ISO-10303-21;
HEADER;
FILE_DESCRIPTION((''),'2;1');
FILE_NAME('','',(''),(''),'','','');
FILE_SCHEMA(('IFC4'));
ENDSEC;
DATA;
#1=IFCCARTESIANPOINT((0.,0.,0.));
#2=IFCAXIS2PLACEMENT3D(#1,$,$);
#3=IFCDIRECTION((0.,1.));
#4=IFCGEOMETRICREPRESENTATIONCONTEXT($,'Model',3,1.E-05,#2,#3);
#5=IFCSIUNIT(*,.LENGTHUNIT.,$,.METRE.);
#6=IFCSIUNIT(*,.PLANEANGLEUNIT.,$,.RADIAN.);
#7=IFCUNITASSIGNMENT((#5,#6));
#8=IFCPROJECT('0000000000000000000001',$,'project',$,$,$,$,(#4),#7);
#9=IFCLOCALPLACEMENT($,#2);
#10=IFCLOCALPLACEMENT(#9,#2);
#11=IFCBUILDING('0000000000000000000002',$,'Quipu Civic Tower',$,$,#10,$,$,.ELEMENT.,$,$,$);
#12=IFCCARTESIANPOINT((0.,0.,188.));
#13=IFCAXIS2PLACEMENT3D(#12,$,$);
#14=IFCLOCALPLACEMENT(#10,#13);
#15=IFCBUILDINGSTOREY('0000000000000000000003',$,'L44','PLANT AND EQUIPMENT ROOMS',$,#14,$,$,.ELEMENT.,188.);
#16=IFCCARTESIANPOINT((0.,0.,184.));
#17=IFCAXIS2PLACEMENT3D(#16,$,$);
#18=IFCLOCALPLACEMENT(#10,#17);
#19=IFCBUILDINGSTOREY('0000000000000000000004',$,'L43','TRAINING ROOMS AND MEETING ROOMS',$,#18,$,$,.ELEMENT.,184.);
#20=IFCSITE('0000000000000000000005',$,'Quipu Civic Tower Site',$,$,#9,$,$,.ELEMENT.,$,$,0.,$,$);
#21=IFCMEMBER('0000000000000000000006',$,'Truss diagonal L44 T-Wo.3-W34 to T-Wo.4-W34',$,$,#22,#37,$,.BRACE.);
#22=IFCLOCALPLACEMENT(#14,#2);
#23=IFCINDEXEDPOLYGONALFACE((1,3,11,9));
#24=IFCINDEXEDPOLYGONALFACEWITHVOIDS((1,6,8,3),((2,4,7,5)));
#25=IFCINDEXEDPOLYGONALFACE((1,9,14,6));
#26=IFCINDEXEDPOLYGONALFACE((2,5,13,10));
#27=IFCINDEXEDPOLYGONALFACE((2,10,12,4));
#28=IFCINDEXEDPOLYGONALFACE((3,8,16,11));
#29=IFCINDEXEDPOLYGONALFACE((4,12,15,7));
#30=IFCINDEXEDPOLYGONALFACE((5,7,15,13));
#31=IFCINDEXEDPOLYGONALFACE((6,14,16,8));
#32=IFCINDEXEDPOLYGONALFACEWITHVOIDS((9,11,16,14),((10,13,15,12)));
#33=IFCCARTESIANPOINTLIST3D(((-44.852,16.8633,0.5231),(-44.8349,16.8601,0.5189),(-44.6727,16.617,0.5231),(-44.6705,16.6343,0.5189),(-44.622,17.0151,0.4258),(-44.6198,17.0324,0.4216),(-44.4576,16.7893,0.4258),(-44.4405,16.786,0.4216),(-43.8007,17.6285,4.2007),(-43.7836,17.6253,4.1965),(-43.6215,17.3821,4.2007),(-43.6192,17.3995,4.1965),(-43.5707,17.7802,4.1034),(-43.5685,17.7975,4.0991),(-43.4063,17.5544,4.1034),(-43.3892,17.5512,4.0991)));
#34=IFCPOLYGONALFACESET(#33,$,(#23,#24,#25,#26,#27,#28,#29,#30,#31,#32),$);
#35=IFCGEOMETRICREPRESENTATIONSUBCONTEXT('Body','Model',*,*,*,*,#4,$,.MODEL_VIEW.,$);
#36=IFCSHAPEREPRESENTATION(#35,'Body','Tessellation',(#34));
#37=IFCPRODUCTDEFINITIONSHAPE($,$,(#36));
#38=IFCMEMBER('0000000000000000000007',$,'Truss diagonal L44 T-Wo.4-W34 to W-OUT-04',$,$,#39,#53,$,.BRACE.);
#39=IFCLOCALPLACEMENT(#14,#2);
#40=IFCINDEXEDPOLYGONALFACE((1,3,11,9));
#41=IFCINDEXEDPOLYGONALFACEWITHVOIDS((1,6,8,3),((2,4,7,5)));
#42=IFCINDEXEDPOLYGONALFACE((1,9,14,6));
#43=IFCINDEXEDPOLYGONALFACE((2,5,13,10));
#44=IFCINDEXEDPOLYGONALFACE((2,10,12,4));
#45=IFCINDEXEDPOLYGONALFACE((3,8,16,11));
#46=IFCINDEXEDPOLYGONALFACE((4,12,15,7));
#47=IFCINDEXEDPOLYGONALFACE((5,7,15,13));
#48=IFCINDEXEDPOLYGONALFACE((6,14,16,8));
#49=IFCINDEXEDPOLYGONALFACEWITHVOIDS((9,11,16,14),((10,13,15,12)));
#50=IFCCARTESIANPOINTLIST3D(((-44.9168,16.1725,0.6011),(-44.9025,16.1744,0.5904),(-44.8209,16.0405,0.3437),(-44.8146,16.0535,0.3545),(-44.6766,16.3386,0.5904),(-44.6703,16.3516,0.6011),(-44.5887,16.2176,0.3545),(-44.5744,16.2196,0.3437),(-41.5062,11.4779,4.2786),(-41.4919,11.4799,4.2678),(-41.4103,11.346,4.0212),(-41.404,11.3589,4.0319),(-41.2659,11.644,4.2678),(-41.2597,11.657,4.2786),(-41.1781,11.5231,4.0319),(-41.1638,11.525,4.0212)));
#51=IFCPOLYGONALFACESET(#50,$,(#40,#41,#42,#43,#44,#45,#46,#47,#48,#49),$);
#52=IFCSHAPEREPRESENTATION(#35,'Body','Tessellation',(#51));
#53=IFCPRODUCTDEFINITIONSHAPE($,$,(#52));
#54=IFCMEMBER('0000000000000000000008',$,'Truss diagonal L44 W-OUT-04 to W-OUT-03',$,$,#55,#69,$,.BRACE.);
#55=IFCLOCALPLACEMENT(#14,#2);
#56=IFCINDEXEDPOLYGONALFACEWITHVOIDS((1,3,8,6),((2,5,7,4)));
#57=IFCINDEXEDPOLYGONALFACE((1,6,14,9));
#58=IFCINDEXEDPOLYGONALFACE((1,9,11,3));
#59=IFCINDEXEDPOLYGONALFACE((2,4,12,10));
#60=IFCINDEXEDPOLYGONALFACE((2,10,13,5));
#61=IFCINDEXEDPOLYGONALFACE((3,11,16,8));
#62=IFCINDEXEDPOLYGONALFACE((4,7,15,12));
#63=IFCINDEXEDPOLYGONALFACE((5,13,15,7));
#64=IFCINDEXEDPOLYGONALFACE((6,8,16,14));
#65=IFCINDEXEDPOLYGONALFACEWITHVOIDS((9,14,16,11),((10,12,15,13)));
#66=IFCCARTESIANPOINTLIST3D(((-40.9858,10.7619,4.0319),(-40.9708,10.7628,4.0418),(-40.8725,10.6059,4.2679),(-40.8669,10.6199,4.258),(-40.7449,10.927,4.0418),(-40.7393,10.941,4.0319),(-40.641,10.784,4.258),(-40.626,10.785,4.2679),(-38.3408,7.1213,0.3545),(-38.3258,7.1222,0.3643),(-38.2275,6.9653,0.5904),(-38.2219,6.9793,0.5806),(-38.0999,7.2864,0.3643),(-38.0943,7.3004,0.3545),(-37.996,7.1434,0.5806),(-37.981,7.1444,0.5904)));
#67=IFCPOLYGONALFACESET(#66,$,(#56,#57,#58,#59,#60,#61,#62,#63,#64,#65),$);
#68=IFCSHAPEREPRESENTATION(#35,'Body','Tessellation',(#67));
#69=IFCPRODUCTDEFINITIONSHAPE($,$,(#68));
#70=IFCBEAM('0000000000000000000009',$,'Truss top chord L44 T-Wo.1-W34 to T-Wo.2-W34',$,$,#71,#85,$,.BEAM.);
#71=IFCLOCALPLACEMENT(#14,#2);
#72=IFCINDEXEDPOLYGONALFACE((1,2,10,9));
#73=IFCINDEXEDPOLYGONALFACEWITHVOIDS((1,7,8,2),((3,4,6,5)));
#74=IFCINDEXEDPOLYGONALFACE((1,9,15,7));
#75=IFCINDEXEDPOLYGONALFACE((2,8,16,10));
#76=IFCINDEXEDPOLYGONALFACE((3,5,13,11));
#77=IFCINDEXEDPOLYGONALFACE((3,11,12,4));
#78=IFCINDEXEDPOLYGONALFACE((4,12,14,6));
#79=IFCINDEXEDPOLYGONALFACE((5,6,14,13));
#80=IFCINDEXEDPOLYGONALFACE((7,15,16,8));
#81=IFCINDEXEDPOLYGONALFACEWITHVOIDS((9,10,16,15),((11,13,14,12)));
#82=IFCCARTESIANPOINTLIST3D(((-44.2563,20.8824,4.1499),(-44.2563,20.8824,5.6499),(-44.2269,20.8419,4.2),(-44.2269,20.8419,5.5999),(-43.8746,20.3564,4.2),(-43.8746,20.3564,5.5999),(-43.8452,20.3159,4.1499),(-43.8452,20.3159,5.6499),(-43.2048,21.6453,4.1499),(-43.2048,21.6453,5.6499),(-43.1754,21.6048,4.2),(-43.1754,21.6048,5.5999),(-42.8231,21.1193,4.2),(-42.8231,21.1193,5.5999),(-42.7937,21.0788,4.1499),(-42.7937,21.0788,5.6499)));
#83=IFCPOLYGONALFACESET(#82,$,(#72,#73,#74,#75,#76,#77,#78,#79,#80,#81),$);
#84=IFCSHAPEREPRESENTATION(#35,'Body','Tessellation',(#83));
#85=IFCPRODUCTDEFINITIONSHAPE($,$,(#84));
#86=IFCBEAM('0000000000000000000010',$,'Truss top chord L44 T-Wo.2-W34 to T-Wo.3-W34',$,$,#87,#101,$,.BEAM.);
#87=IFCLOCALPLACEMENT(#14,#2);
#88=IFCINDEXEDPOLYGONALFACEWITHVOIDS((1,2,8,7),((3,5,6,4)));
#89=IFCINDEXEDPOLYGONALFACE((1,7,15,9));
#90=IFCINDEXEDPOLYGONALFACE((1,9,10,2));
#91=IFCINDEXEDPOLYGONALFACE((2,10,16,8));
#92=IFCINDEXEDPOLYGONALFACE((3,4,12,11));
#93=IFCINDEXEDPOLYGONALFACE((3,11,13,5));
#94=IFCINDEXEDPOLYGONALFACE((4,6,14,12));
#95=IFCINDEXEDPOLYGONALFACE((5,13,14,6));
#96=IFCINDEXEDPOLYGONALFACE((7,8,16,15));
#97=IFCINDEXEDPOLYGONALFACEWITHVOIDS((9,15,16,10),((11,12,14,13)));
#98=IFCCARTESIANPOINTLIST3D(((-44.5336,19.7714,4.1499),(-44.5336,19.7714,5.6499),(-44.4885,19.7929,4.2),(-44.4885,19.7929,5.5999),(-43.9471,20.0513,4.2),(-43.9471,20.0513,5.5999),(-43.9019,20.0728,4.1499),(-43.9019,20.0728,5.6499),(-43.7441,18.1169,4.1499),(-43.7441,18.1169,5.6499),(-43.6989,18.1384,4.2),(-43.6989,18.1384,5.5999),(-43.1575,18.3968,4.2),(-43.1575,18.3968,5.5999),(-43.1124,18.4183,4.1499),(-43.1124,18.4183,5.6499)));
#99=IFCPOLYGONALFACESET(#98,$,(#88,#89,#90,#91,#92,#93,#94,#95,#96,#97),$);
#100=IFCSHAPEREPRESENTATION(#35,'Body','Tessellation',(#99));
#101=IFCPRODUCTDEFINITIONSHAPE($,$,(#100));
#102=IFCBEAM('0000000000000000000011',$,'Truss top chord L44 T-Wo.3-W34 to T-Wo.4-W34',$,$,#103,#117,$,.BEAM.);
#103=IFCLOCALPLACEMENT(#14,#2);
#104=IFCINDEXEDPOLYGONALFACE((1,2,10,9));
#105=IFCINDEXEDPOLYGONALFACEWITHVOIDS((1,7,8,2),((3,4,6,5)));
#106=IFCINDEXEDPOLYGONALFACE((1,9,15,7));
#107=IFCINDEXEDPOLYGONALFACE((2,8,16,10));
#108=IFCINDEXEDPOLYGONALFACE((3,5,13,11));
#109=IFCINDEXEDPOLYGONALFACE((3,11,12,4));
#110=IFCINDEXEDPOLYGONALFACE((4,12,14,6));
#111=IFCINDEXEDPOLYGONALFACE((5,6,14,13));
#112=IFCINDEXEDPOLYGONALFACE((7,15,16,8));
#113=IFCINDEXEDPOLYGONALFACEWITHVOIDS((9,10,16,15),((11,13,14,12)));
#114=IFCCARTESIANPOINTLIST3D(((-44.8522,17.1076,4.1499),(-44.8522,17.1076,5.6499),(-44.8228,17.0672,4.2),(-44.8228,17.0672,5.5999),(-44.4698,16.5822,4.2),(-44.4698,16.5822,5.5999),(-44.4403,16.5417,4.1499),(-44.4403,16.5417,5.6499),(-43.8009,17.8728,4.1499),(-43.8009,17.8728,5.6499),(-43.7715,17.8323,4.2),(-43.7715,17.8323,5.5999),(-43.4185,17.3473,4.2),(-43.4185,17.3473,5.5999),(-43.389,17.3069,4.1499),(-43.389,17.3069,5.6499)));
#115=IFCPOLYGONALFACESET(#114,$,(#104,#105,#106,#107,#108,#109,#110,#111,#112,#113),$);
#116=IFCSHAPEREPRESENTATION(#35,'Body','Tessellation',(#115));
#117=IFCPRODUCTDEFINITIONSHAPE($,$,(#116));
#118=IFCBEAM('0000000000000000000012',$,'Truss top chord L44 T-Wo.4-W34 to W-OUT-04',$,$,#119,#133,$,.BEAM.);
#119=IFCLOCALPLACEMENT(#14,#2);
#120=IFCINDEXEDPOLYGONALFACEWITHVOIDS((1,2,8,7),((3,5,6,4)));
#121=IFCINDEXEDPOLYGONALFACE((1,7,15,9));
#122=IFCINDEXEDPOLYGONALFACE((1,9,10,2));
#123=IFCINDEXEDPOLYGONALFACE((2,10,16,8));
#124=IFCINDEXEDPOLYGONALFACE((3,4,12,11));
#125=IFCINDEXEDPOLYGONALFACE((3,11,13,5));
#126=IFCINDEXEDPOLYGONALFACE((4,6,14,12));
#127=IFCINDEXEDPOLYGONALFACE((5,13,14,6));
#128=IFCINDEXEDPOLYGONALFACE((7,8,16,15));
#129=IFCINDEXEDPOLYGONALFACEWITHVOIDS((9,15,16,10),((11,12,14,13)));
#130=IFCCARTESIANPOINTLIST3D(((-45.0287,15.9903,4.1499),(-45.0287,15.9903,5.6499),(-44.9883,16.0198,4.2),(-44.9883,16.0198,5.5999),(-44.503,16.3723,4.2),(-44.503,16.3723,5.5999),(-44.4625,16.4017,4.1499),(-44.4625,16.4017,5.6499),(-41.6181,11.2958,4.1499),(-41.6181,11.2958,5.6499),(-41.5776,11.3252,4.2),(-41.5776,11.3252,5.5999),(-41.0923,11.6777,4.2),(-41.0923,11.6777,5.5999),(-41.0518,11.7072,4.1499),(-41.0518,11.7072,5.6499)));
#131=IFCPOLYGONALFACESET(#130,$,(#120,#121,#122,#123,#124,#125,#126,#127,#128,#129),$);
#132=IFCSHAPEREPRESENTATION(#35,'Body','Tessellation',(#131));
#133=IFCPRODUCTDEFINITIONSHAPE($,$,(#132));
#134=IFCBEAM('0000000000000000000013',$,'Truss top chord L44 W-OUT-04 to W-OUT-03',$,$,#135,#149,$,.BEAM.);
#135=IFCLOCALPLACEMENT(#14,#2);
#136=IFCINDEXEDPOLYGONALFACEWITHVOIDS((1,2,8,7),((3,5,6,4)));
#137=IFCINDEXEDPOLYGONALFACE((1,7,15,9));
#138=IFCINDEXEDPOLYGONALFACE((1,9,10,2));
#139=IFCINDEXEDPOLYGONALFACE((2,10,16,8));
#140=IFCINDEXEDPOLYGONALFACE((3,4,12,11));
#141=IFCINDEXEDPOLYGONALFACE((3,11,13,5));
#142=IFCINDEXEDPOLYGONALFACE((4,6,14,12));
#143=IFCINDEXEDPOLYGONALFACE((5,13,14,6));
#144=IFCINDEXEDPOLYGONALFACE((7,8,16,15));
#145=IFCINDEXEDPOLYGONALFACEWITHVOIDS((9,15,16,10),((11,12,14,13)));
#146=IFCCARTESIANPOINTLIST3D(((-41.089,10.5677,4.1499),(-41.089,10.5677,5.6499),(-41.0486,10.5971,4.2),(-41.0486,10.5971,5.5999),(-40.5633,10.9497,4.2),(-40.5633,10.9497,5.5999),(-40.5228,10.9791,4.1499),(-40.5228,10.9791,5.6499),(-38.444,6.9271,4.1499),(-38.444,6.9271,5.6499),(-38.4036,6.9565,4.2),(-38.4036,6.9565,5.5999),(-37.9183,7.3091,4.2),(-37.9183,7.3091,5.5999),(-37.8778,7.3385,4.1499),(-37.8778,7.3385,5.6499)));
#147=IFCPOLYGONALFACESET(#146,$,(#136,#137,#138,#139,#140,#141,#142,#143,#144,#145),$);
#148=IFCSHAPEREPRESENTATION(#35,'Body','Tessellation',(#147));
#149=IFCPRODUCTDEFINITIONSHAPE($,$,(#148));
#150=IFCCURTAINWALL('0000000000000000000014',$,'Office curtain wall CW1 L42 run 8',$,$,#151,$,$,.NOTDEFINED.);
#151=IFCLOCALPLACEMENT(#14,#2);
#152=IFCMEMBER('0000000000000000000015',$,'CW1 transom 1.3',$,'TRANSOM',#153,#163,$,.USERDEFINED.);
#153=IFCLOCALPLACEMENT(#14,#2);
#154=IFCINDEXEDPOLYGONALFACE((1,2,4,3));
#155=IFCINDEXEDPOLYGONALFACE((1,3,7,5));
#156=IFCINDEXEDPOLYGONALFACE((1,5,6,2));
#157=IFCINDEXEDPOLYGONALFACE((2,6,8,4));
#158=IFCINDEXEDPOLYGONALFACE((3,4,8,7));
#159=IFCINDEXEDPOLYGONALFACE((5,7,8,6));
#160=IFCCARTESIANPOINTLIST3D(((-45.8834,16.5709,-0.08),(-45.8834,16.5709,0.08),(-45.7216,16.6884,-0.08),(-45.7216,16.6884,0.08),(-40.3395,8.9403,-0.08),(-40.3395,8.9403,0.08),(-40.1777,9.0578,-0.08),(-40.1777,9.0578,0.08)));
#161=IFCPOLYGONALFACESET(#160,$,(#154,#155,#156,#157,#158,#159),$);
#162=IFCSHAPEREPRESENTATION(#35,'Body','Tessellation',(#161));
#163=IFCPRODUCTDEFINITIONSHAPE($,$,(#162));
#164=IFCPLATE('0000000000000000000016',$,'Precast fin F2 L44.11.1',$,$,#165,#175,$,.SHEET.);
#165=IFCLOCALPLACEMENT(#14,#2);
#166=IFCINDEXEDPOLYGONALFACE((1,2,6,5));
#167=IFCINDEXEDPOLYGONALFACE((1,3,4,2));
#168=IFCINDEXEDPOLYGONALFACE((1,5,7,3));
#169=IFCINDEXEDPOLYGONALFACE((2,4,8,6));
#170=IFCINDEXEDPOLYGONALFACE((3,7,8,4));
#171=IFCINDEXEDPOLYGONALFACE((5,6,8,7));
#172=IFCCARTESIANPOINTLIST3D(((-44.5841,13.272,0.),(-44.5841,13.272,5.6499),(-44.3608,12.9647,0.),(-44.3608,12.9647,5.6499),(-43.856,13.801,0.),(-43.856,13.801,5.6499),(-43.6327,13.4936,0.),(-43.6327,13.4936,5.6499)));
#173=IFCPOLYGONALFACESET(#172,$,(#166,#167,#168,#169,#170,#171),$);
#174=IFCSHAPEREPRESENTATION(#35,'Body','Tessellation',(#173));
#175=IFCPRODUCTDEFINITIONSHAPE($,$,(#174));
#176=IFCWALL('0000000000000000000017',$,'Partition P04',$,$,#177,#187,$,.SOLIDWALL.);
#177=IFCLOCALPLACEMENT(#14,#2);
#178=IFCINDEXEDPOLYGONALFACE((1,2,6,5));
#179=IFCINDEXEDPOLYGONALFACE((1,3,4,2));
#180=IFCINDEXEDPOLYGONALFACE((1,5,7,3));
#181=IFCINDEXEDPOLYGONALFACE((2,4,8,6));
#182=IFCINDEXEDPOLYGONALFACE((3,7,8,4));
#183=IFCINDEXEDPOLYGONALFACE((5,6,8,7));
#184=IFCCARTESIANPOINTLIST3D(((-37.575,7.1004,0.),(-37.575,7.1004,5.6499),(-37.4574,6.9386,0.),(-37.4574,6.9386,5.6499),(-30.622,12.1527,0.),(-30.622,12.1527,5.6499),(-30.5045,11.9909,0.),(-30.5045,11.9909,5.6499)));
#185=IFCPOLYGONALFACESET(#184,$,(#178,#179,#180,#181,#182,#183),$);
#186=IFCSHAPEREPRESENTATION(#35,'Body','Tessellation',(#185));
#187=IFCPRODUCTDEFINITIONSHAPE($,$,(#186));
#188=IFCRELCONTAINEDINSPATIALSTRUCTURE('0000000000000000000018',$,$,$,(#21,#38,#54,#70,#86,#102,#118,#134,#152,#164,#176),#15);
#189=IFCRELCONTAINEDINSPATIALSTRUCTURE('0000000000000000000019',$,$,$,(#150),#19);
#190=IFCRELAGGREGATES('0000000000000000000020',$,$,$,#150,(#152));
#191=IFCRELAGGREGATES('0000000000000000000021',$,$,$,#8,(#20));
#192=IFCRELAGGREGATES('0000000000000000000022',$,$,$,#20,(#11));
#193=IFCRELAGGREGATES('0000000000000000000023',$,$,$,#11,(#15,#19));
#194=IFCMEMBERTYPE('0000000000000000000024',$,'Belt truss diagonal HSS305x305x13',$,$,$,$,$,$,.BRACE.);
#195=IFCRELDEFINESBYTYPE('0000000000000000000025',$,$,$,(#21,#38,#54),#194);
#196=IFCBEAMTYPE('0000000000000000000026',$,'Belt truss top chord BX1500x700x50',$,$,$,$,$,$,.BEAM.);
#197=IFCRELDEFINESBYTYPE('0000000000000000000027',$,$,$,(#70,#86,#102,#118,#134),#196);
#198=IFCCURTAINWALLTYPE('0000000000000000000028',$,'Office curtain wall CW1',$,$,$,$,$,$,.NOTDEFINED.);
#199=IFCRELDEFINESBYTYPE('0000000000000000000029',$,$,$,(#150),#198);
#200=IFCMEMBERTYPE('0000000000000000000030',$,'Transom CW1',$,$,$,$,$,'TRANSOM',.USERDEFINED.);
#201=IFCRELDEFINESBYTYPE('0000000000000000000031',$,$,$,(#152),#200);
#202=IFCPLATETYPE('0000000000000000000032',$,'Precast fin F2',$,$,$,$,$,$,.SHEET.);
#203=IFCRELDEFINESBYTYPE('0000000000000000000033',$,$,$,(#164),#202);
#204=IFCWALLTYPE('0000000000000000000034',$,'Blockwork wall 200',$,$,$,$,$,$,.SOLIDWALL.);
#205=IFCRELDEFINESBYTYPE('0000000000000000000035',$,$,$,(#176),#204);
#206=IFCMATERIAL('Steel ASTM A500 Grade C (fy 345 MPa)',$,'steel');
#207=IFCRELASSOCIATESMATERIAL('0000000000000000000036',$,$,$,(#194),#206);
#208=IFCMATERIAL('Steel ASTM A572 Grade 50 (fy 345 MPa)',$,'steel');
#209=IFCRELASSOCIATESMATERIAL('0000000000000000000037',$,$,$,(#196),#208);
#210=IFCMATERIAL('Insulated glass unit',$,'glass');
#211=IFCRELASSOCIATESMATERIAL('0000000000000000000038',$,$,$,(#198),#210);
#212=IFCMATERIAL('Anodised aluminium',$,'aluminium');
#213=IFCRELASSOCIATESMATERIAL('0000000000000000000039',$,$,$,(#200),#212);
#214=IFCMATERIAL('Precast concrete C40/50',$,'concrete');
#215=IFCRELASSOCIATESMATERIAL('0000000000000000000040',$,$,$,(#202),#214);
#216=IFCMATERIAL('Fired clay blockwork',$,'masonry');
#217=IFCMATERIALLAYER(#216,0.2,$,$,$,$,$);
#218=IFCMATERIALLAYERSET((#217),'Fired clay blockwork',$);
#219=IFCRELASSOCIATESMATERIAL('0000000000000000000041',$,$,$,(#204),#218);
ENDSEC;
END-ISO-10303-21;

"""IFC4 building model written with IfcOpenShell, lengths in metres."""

from ifc_helpers import new_model, si_unit, direction, frame, frame_2d, origin, origin_2d, place, context, subcontext, project, spatial, rectangle, hollow_rectangle, extrude, material, layer, layer_set, material_profile, profile_set, type_object, element, aggregate, save


model = new_model("IFC4")

# Units and contexts
model_context = context("Model", 3, precision=1e-05, world=origin(), true_north=direction((0.0, 1.0)))
body_context = subcontext(model_context, "Body", "Model", "MODEL_VIEW")
ifc_project = project(units=[si_unit("LENGTHUNIT", "METRE"), si_unit("PLANEANGLEUNIT", "RADIAN")], contexts=[model_context])

# Site, building, storey
site_placement = place(None, origin())
site = spatial("IfcSite", under=ifc_project, at=site_placement, Name="Quipu Civic Tower Site", CompositionType="ELEMENT", RefElevation=0.0)
building_placement = place(site_placement, origin())
building = spatial("IfcBuilding", under=site, at=building_placement, Name="Quipu Civic Tower", CompositionType="ELEMENT")
storey_1_placement = place(building_placement, frame((0.0, 0.0, 188.0)))
storey_1 = spatial("IfcBuildingStorey", under=building, at=storey_1_placement, Name="L44", Description="PLANT AND EQUIPMENT ROOMS", CompositionType="ELEMENT", Elevation=188.0)

# Members
ifc_material_1 = material(Name="Steel ASTM A500 Grade C (fy 345 MPa)", Category="steel")
ifc_material_profile_1 = material_profile(ifc_material_1, hollow_rectangle(XDim=0.3047, YDim=0.3047, WallThickness=0.0127, at=origin_2d()), Name="HSS305x305x13")
ifc_profile_set_1 = profile_set([ifc_material_profile_1], Name="Steel ASTM A500 Grade C (fy 345 MPa)")
member_type_1 = type_object("IfcMemberType", Name="Belt truss diagonal HSS305x305x13", PredefinedType="BRACE", material=ifc_profile_set_1)
member_1_placement = place(storey_1_placement, frame((-43.595, 17.5898, 4.1499), z_axis=(-0.269516, -0.19616, -0.942806), x_axis=(0.588462, -0.808525, 0.0)))
element("IfcMember", 1, at=member_1_placement, inside=storey_1, type_object=member_type_1, Name="Truss diagonal L44 T-Wo.3-W34 to T-Wo.4-W34", PredefinedType="BRACE", context=body_context, shape_type="SweptSolid", body=[
    extrude(hollow_rectangle(XDim=0.3047, YDim=0.3047, WallThickness=0.0127, at=origin_2d()), origin(), (0.0, 0.0, 1.0), 3.9006),
])
member_2_placement = place(storey_1_placement, frame((-44.7456, 16.196, 0.4724), z_axis=(0.496462, -0.683355, 0.535305), x_axis=(0.809031, 0.587766, 0.0)))
element("IfcMember", 2, at=member_2_placement, inside=storey_1, type_object=member_type_1, Name="Truss diagonal L44 T-Wo.4-W34 to W-OUT-04", PredefinedType="BRACE", context=body_context, shape_type="SweptSolid", body=[
    extrude(hollow_rectangle(XDim=0.3047, YDim=0.3047, WallThickness=0.0127, at=origin_2d()), origin(), (0.0, 0.0, 1.0), 6.8699),
])
member_3_placement = place(storey_1_placement, frame((-40.8059, 10.7734, 4.1499), z_axis=(0.455131, -0.626446, -0.632789), x_axis=(0.809022, 0.587778, 0.0)))
element("IfcMember", 3, at=member_3_placement, inside=storey_1, type_object=member_type_1, Name="Truss diagonal L44 W-OUT-04 to W-OUT-03", PredefinedType="BRACE", context=body_context, shape_type="SweptSolid", body=[
    extrude(hollow_rectangle(XDim=0.3047, YDim=0.3047, WallThickness=0.0127, at=origin_2d()), origin(), (0.0, 0.0, 1.0), 5.8115),
])

# Beams
ifc_material_2 = material(Name="Steel ASTM A572 Grade 50 (fy 345 MPa)", Category="steel")
ifc_material_profile_2 = material_profile(ifc_material_2, hollow_rectangle(XDim=0.7, YDim=1.5, WallThickness=0.05, at=origin_2d()), Name="BX1500x700x50")
ifc_profile_set_2 = profile_set([ifc_material_profile_2], Name="Steel ASTM A572 Grade 50 (fy 345 MPa)")
beam_type_1 = type_object("IfcBeamType", Name="Belt truss top chord BX1500x700x50", PredefinedType="BEAM", material=ifc_profile_set_2)
beam_1_placement = place(storey_1_placement, frame((-42.9993, 21.3621, 4.8999), z_axis=(-0.809394, -0.587266, 0.0), x_axis=(0.587266, -0.809394, 0.0)))
element("IfcBeam", 4, at=beam_1_placement, inside=storey_1, type_object=beam_type_1, Name="Truss top chord L44 T-Wo.1-W34 to T-Wo.2-W34", PredefinedType="BEAM", context=body_context, shape_type="SweptSolid", body=[
    extrude(hollow_rectangle(XDim=0.7, YDim=1.5, WallThickness=0.05, at=origin_2d()), origin(), (0.0, 0.0, 1.0), 1.2991),
])
beam_2_placement = place(storey_1_placement, frame((-44.2178, 19.9221, 4.8999), z_axis=(0.430678, -0.902506, 0.0), x_axis=(0.902506, 0.430678, 0.0)))
element("IfcBeam", 5, at=beam_2_placement, inside=storey_1, type_object=beam_type_1, Name="Truss top chord L44 T-Wo.2-W34 to T-Wo.3-W34", PredefinedType="BEAM", context=body_context, shape_type="SweptSolid", body=[
    extrude(hollow_rectangle(XDim=0.7, YDim=1.5, WallThickness=0.05, at=origin_2d()), origin(), (0.0, 0.0, 1.0), 1.8333),
])
beam_3_placement = place(storey_1_placement, frame((-43.595, 17.5898, 4.8999), z_axis=(-0.808525, -0.588462, 0.0), x_axis=(0.588462, -0.808525, 0.0)))
element("IfcBeam", 6, at=beam_3_placement, inside=storey_1, type_object=beam_type_1, Name="Truss top chord L44 T-Wo.3-W34 to T-Wo.4-W34", PredefinedType="BEAM", context=body_context, shape_type="SweptSolid", body=[
    extrude(hollow_rectangle(XDim=0.7, YDim=1.5, WallThickness=0.05, at=origin_2d()), origin(), (0.0, 0.0, 1.0), 1.3003),
])
beam_4_placement = place(storey_1_placement, frame((-44.7456, 16.196, 4.8999), z_axis=(0.587766, -0.809031, 0.0), x_axis=(0.809031, 0.587766, 0.0)))
element("IfcBeam", 7, at=beam_4_placement, inside=storey_1, type_object=beam_type_1, Name="Truss top chord L44 T-Wo.4-W34 to W-OUT-04", PredefinedType="BEAM", context=body_context, shape_type="SweptSolid", body=[
    extrude(hollow_rectangle(XDim=0.7, YDim=1.5, WallThickness=0.05, at=origin_2d()), origin(), (0.0, 0.0, 1.0), 5.8027),
])
beam_5_placement = place(storey_1_placement, frame((-40.8059, 10.7734, 4.8999), z_axis=(0.587778, -0.809022, 0.0), x_axis=(0.809022, 0.587778, 0.0)))
element("IfcBeam", 8, at=beam_5_placement, inside=storey_1, type_object=beam_type_1, Name="Truss top chord L44 W-OUT-04 to W-OUT-03", PredefinedType="BEAM", context=body_context, shape_type="SweptSolid", body=[
    extrude(hollow_rectangle(XDim=0.7, YDim=1.5, WallThickness=0.05, at=origin_2d()), origin(), (0.0, 0.0, 1.0), 4.5),
])

# Shared definitions
storey_2_placement = place(building_placement, frame((0.0, 0.0, 184.0)))
storey_2 = spatial("IfcBuildingStorey", under=building, at=storey_2_placement, Name="L43", Description="TRAINING ROOMS AND MEETING ROOMS", CompositionType="ELEMENT", Elevation=184.0)

# Curtain wall, member
ifc_material_3 = material(Name="Insulated glass unit", Category="glass")
curtain_wall_type = type_object("IfcCurtainWallType", Name="Office curtain wall CW1", PredefinedType="NOTDEFINED", material=ifc_material_3)
curtain_wall_placement = place(storey_2_placement, origin())
curtain_wall = element("IfcCurtainWall", 9, at=curtain_wall_placement, inside=storey_2, type_object=curtain_wall_type, Name="Office curtain wall CW1 L42 run 8", PredefinedType="NOTDEFINED")
ifc_material_4 = material(Name="Anodised aluminium", Category="aluminium")
ifc_material_profile_3 = material_profile(ifc_material_4, rectangle(XDim=0.2, YDim=0.1599, at=origin_2d()), Name="RECT 200x160")
ifc_profile_set_3 = profile_set([ifc_material_profile_3], Name="Anodised aluminium")
member_type_2 = type_object("IfcMemberType", Name="Transom CW1", ElementType="TRANSOM", PredefinedType="USERDEFINED", material=ifc_profile_set_3)
member_4_placement = place(storey_1_placement, frame((-45.8025, 16.6296, 0.0), z_axis=(0.587784, -0.809018, 0.0), x_axis=(0.809018, 0.587784, 0.0)))
member_4 = element("IfcMember", 10, at=member_4_placement, inside=storey_1, type_object=member_type_2, Name="CW1 transom 1.3", ObjectType="TRANSOM", PredefinedType="USERDEFINED", context=body_context, shape_type="SweptSolid", body=[
    extrude(rectangle(XDim=0.2, YDim=0.1599, at=origin_2d()), origin(), (0.0, 0.0, 1.0), 9.4319),
])
aggregate(curtain_wall, [member_4])

# Plate
ifc_material_5 = material(Name="Precast concrete C40/50", Category="concrete")
plate_type = type_object("IfcPlateType", Name="Precast fin F2", PredefinedType="SHEET", material=ifc_material_5)
plate_placement = place(storey_1_placement, frame((-44.1084, 13.3828, 0.0), z_axis=(0.0, 0.0, 1.0), x_axis=(0.587786, -0.809017, 0.0)))
element("IfcPlate", 11, at=plate_placement, inside=storey_1, type_object=plate_type, Name="Precast fin F2 L44.11.1", PredefinedType="SHEET", context=body_context, shape_type="SweptSolid", body=[
    extrude(rectangle(XDim=0.3799, YDim=0.8999, at=origin_2d()), origin(), (0.0, 0.0, 1.0), 5.6499),
])

# Wall
ifc_material_6 = material(Name="Fired clay blockwork", Category="masonry")
ifc_layer = layer(ifc_material_6, 0.2)
ifc_layer_set = layer_set([ifc_layer], Name="Fired clay blockwork")
wall_type_1 = type_object("IfcWallType", Name="Blockwork wall 200", PredefinedType="SOLIDWALL", material=ifc_layer_set)
wall_1_placement = place(storey_1_placement, frame((-30.5632, 12.0718, 0.0), z_axis=(0.0, 0.0, 1.0), x_axis=(-0.808979, -0.587837, 0.0)))
element("IfcWall", 12, at=wall_1_placement, inside=storey_1, type_object=wall_type_1, Name="Partition P04", PredefinedType="SOLIDWALL", context=body_context, shape_type="SweptSolid", body=[
    extrude(rectangle(XDim=8.5947, YDim=0.2, at=frame_2d((4.2974, 0.0))), origin(), (0.0, 0.0, 1.0), 5.6499),
])

save(model, "model.ifc")
